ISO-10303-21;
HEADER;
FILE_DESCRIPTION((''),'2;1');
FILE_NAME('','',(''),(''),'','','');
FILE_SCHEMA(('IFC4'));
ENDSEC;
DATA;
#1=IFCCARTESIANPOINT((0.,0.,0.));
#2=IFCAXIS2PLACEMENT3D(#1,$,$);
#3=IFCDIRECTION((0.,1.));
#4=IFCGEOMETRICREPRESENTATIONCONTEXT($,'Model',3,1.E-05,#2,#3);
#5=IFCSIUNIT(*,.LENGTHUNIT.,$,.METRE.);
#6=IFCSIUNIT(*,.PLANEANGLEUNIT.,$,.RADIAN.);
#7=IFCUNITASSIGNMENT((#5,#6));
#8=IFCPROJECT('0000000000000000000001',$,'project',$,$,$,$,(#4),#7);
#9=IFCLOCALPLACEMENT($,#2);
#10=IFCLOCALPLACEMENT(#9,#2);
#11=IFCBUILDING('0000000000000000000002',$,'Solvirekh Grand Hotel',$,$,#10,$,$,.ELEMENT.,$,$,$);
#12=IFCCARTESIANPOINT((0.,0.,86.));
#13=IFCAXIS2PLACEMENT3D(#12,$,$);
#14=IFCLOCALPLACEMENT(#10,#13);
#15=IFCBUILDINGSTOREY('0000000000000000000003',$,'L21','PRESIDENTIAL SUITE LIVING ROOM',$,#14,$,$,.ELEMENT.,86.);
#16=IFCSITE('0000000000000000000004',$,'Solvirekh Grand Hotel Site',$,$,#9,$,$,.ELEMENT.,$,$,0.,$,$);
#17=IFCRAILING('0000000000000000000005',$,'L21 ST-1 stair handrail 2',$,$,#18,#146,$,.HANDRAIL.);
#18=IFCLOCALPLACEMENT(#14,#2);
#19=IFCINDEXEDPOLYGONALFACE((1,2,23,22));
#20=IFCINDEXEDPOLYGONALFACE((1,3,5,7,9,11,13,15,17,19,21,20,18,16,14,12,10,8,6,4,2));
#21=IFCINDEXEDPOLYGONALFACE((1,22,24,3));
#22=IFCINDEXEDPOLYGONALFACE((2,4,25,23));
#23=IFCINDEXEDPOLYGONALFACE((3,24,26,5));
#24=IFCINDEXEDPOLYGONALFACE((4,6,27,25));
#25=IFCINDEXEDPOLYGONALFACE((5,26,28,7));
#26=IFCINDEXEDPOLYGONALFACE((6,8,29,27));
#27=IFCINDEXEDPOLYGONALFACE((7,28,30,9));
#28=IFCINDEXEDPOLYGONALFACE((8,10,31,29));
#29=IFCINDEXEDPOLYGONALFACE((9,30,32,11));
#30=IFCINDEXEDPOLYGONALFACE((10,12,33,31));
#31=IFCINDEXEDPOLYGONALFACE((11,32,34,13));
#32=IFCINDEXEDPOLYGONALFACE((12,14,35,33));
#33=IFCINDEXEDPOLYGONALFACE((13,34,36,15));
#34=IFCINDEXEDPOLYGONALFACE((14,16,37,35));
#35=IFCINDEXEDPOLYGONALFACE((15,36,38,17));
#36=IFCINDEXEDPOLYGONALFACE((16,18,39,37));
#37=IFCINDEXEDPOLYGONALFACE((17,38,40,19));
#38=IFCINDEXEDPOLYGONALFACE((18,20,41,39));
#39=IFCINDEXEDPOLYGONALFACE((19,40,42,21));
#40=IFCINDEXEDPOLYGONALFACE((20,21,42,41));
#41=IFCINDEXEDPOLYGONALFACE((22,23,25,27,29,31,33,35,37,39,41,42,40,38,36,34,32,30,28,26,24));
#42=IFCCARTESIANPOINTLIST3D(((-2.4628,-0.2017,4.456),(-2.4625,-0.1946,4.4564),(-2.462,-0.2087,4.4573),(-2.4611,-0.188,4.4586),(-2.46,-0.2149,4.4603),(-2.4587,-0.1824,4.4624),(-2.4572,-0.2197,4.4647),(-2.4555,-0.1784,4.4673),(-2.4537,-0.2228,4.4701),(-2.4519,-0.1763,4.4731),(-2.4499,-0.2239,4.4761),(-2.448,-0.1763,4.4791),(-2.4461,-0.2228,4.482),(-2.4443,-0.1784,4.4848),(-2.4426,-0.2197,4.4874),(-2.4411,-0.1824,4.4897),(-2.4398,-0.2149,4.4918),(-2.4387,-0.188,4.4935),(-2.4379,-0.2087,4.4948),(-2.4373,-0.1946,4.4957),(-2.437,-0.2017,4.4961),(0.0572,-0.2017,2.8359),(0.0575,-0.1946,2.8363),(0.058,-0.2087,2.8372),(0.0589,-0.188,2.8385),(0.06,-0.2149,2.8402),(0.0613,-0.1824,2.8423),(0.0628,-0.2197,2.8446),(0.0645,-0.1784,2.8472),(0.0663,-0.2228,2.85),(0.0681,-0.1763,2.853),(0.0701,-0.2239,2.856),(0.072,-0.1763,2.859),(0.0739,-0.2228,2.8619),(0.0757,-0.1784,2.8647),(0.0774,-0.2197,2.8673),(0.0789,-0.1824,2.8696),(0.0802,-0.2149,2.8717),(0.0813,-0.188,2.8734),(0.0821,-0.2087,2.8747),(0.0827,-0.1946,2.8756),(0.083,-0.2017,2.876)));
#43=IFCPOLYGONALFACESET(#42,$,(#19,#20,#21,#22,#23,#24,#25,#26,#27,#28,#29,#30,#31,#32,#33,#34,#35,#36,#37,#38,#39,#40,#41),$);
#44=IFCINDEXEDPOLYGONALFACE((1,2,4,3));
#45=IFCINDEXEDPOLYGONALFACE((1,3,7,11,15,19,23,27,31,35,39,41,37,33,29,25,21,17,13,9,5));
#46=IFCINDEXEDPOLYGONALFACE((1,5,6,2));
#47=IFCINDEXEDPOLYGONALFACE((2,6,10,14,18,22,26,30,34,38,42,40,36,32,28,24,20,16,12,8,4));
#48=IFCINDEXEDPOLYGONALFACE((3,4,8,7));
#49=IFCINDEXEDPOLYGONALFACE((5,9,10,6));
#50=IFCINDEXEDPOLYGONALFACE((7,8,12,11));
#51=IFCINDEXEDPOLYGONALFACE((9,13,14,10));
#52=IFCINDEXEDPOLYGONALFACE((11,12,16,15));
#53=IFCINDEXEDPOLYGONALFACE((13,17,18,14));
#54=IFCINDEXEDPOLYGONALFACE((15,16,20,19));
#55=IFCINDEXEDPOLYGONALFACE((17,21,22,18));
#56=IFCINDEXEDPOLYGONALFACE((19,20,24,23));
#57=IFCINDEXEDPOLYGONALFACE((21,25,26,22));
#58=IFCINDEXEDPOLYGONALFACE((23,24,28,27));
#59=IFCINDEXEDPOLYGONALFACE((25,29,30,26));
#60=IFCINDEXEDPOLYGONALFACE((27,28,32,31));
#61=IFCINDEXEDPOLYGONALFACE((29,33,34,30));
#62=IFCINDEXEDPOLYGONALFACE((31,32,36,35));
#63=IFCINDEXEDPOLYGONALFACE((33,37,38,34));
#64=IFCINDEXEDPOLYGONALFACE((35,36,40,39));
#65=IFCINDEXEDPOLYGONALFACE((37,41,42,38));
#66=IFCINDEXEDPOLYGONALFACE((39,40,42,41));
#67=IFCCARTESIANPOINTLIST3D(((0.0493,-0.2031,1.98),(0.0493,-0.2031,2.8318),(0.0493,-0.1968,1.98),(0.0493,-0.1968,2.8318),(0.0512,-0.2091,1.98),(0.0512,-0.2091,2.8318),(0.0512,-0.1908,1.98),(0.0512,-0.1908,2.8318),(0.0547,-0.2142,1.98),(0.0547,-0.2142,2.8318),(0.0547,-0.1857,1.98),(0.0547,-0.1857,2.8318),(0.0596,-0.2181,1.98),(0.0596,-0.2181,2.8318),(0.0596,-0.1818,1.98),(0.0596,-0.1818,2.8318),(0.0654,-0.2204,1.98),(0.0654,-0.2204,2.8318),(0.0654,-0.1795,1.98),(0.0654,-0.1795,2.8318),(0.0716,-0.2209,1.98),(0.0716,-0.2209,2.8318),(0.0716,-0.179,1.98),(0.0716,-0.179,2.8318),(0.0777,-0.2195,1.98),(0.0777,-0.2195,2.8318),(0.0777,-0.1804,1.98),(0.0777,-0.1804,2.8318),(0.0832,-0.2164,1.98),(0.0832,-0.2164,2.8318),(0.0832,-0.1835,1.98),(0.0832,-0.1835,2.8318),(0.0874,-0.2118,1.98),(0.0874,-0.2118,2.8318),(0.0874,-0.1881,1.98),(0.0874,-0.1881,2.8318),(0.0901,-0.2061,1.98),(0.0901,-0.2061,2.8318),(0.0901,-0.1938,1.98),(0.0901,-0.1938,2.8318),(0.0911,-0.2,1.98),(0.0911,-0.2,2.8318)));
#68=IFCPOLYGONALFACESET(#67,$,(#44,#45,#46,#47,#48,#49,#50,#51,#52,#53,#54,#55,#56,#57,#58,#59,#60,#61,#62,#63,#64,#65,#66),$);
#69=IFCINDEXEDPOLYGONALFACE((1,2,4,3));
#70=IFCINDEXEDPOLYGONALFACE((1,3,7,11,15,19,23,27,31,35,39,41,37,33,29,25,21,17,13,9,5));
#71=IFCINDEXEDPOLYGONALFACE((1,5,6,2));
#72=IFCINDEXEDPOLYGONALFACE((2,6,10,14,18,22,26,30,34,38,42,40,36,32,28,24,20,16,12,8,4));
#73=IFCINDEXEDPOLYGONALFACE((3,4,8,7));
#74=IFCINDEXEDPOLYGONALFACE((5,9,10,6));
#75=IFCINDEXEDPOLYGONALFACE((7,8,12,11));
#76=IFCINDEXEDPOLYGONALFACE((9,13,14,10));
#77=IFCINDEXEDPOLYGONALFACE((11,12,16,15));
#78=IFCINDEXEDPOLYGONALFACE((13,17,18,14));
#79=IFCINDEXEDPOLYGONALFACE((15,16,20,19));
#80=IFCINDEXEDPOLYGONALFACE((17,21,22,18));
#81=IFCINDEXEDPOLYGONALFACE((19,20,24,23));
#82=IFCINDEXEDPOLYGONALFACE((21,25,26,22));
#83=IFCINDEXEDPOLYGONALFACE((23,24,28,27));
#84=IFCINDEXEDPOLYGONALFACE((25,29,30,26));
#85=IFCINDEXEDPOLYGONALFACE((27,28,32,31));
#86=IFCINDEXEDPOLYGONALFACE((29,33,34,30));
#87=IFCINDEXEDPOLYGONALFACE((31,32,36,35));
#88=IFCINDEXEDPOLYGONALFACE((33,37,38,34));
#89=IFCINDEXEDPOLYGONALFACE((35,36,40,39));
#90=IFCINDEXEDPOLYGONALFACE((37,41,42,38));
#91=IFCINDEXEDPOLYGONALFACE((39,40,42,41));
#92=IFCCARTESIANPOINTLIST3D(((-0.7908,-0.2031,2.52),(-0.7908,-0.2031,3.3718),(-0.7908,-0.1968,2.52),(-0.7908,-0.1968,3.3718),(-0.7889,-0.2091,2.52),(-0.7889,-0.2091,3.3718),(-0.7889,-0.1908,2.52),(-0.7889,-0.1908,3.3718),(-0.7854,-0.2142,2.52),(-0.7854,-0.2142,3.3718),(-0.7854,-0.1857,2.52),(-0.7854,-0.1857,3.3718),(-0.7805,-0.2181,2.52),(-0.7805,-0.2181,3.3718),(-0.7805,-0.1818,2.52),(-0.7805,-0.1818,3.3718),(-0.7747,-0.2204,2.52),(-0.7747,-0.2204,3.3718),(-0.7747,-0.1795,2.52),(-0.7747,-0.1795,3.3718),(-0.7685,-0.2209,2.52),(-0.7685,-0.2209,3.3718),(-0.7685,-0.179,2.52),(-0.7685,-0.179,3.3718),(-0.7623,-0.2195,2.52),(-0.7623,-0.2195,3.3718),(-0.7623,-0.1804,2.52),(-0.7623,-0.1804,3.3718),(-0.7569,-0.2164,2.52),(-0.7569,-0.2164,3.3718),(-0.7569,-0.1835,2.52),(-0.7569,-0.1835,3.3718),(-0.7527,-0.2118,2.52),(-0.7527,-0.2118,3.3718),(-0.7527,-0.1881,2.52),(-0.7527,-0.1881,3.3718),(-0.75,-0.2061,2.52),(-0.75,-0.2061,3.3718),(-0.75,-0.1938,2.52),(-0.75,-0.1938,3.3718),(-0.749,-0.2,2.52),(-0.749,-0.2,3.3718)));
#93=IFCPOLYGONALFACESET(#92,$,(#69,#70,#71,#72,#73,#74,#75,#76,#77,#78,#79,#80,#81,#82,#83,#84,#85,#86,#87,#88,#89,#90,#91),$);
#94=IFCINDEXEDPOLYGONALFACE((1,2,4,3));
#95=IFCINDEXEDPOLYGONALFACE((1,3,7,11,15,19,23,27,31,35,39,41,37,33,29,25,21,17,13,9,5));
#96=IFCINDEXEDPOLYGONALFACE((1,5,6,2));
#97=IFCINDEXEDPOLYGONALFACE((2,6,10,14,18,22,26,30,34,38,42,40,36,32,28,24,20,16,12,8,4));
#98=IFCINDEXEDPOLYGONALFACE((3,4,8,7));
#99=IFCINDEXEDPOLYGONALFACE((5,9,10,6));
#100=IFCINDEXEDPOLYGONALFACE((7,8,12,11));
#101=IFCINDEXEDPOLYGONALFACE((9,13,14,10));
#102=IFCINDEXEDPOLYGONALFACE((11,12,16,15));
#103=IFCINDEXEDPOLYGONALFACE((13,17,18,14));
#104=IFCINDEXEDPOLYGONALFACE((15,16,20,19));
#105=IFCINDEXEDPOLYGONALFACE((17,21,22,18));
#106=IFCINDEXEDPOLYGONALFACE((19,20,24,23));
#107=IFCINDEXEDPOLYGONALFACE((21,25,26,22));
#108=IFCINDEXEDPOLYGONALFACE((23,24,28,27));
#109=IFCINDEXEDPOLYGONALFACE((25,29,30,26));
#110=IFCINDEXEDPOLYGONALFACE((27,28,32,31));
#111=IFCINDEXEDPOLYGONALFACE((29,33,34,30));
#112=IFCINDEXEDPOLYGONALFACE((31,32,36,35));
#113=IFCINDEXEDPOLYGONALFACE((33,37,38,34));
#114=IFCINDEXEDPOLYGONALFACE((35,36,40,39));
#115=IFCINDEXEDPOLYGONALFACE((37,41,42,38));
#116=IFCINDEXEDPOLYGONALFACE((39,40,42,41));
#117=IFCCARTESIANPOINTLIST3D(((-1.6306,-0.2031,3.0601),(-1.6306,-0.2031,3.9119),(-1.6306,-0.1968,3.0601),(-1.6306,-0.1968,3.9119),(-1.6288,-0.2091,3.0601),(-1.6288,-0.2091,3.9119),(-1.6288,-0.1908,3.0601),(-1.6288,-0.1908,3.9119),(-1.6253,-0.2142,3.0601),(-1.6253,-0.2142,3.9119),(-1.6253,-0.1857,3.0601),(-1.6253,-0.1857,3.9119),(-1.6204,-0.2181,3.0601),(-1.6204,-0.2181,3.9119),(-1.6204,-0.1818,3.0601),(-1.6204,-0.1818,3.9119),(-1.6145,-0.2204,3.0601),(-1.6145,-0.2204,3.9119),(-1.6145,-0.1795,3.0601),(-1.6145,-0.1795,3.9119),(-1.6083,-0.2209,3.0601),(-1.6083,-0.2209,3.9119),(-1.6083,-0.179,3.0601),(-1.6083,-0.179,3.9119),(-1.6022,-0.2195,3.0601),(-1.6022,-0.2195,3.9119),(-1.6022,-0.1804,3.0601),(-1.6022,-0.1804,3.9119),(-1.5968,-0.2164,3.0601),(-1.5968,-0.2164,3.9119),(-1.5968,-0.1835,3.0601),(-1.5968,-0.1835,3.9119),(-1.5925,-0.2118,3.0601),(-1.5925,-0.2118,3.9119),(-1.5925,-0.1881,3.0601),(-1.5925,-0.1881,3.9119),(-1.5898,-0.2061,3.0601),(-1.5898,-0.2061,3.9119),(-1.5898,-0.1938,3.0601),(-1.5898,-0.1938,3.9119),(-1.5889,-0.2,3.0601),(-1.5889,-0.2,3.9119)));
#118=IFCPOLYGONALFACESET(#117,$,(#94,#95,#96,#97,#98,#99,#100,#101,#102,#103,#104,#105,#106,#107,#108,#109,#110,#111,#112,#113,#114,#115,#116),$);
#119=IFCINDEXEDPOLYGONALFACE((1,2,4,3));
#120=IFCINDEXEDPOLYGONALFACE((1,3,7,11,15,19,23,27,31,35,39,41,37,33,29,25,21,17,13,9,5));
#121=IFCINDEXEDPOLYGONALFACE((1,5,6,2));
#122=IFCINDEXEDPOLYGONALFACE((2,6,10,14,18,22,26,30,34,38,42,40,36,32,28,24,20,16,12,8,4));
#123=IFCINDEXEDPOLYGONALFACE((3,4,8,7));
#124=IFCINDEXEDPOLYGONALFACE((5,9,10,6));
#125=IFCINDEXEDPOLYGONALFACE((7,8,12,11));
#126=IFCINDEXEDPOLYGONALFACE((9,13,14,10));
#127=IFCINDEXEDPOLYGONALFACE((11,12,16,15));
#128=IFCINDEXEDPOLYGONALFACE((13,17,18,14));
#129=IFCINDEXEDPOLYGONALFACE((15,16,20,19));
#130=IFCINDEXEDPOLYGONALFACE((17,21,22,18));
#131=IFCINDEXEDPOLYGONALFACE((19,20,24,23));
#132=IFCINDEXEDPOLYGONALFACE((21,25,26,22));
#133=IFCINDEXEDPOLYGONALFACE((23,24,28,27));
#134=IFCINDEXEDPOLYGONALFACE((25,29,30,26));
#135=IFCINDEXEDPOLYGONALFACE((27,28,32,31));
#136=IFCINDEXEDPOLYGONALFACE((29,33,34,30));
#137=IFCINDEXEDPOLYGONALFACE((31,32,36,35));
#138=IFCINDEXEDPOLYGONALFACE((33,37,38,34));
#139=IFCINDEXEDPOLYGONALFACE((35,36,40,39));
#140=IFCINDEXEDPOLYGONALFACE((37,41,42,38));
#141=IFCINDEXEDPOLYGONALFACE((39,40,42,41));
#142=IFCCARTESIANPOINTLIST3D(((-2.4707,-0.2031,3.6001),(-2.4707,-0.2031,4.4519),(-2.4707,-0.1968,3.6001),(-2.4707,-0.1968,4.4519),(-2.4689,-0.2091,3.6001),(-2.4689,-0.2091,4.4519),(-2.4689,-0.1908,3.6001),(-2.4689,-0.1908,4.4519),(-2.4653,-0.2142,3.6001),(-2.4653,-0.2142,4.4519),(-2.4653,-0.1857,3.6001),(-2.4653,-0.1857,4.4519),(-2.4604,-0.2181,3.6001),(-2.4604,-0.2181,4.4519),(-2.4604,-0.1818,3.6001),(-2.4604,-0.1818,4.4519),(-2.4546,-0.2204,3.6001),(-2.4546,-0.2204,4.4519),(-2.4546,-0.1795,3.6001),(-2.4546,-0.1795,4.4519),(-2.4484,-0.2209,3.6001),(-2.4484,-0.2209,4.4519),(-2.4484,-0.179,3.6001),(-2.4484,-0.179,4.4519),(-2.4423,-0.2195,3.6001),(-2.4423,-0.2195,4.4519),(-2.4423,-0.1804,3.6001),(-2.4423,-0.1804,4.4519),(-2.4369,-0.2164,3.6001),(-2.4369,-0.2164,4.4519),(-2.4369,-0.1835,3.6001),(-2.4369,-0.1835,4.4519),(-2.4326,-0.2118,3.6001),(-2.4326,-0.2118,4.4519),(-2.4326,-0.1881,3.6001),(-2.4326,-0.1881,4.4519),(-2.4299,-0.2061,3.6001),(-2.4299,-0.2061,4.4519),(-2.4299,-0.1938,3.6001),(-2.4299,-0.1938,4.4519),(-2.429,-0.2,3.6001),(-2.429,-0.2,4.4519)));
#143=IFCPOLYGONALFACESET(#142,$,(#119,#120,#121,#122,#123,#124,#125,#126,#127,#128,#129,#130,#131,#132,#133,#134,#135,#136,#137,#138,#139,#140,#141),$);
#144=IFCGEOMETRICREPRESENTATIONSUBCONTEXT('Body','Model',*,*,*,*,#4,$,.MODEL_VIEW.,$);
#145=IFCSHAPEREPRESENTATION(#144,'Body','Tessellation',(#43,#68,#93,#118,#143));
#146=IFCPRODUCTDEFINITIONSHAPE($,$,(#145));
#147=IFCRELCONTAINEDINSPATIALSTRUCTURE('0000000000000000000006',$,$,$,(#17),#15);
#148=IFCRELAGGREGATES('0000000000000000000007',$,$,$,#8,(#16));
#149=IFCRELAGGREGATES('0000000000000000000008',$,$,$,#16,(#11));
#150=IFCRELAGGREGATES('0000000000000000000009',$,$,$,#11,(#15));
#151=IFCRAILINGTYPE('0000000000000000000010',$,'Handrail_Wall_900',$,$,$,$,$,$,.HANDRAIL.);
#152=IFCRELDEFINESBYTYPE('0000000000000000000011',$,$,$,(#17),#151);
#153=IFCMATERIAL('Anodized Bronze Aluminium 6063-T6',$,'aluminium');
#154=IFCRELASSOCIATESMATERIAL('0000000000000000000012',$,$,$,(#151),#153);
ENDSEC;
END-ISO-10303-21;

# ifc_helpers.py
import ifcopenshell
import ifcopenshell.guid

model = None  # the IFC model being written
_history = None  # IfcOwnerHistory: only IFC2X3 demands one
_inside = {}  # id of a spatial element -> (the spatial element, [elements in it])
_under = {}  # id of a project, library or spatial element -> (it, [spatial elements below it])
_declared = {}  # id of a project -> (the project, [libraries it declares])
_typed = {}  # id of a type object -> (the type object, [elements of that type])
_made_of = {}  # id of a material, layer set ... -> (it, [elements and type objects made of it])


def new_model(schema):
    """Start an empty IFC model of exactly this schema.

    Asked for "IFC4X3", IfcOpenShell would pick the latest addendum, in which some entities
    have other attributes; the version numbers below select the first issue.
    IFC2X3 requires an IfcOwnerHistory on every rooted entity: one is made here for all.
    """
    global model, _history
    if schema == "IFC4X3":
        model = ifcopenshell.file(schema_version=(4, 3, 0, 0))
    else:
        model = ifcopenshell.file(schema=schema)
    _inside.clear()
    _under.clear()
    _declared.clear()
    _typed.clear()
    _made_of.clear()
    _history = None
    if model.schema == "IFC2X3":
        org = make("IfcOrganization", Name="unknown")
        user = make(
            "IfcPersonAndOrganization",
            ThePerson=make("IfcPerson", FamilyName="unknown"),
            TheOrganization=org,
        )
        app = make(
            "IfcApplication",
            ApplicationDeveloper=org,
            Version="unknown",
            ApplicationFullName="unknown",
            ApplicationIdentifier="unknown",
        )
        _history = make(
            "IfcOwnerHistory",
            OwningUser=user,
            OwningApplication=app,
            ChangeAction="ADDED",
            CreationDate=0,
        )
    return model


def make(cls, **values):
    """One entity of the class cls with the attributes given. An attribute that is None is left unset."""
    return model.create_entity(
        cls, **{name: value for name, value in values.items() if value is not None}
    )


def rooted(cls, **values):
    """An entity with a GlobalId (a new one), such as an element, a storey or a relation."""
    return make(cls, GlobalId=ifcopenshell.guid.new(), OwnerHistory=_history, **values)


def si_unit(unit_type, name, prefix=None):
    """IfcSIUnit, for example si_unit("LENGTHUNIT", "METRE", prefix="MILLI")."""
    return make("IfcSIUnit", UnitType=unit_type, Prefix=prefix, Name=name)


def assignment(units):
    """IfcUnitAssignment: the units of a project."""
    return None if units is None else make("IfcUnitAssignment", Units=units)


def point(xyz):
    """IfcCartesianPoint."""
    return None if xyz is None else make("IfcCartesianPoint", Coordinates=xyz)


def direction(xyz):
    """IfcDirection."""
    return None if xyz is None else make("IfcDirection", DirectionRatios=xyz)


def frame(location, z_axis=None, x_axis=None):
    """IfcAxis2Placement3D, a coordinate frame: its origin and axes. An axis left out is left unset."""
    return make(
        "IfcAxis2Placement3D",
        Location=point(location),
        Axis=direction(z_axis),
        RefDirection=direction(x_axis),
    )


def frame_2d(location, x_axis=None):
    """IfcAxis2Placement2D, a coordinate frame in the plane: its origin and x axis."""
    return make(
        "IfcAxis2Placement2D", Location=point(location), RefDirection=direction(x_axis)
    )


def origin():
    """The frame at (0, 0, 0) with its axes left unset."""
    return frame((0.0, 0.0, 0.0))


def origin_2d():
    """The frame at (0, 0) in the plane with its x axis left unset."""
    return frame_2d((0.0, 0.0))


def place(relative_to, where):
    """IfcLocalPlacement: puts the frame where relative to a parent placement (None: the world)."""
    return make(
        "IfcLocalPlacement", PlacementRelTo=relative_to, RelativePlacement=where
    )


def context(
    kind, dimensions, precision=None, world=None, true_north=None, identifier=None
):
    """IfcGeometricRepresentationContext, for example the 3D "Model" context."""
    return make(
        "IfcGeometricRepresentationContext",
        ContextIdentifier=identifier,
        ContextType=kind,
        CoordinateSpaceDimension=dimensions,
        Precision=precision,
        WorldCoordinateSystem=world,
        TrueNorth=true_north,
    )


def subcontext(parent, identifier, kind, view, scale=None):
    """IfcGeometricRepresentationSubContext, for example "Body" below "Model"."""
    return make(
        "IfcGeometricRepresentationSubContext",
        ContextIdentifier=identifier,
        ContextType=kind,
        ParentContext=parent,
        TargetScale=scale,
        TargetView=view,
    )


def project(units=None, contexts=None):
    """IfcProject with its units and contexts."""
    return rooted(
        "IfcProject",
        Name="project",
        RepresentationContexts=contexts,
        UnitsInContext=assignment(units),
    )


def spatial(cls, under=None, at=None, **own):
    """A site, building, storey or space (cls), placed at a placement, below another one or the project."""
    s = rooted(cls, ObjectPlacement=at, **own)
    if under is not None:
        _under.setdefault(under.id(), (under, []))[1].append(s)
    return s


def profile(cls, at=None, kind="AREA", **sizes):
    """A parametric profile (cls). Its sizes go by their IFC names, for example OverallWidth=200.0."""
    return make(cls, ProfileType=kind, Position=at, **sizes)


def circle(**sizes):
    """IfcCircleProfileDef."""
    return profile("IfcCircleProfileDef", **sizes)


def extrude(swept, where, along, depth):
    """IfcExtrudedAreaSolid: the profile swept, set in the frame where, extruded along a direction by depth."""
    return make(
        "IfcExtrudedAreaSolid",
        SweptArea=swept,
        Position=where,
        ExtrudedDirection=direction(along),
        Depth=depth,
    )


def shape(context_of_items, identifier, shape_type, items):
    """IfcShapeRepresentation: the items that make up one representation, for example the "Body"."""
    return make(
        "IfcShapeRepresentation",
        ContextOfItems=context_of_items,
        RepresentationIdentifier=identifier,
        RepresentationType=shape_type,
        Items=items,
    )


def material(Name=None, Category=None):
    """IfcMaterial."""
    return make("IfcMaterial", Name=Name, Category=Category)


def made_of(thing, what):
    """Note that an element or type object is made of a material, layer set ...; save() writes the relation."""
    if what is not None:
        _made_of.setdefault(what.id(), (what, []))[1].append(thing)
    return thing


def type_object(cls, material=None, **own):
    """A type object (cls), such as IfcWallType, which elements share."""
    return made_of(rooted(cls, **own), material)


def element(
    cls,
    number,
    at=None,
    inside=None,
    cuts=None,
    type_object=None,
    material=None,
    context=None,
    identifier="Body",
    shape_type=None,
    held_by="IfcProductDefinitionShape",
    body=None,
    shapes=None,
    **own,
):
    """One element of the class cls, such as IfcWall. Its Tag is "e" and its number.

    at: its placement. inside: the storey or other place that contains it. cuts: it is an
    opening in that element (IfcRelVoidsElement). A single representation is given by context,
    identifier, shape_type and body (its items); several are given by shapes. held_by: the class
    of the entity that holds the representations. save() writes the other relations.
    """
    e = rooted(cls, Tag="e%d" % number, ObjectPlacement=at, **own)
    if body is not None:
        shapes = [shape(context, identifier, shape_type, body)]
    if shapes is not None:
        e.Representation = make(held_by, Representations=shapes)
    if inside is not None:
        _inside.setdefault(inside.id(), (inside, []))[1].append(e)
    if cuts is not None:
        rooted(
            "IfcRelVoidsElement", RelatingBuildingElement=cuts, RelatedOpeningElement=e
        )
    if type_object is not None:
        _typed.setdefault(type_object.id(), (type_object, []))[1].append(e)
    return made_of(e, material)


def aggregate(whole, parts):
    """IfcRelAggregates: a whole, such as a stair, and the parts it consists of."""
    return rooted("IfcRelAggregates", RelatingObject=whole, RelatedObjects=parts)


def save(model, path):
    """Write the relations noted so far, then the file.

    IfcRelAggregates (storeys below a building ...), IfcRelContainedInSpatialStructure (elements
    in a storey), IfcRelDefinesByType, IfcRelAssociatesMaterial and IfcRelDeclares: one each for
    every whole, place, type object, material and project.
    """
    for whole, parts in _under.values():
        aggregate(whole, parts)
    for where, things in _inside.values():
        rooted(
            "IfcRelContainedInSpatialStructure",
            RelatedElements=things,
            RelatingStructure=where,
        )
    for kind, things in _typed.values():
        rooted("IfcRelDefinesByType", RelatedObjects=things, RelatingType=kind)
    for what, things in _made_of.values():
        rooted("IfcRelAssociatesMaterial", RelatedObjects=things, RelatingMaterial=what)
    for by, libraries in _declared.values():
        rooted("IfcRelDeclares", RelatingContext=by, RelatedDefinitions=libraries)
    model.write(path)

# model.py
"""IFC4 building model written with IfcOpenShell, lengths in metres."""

from ifc_helpers import new_model, si_unit, direction, frame, origin, origin_2d, place, context, subcontext, project, spatial, circle, extrude, material, type_object, element, save


model = new_model("IFC4")

# Units and contexts
model_context = context("Model", 3, precision=1e-05, world=origin(), true_north=direction((0.0, 1.0)))
body_context = subcontext(model_context, "Body", "Model", "MODEL_VIEW")
ifc_project = project(units=[si_unit("LENGTHUNIT", "METRE"), si_unit("PLANEANGLEUNIT", "RADIAN")], contexts=[model_context])

# Site, building, storey
site_placement = place(None, origin())
site = spatial("IfcSite", under=ifc_project, at=site_placement, Name="Solvirekh Grand Hotel Site", CompositionType="ELEMENT", RefElevation=0.0)
building_placement = place(site_placement, origin())
building = spatial("IfcBuilding", under=site, at=building_placement, Name="Solvirekh Grand Hotel", CompositionType="ELEMENT")
storey_placement = place(building_placement, frame((0.0, 0.0, 86.0)))
storey = spatial("IfcBuildingStorey", under=building, at=storey_placement, Name="L21", Description="PRESIDENTIAL SUITE LIVING ROOM", CompositionType="ELEMENT", Elevation=86.0)

# Railing
ifc_material_1 = material(Name="Anodized Bronze Aluminium 6063-T6", Category="aluminium")
railing_type_1 = type_object("IfcRailingType", Name="Handrail_Wall_900", PredefinedType="HANDRAIL", material=ifc_material_1)
railing_1_placement = place(storey_placement, frame((0.0701, -0.2, 1.98)))
element("IfcRailing", 1, at=railing_1_placement, inside=storey, type_object=railing_type_1, Name="L21 ST-1 stair handrail 2", PredefinedType="HANDRAIL", context=body_context, shape_type="SweptSolid", body=[
    extrude(circle(Radius=0.0239, at=origin_2d()), frame((0.0, 0.0, 0.876), z_axis=(-0.841163, 0.0, 0.540782), x_axis=(0.0, -1.0, 0.0)), (0.0, 0.0, 1.0), 2.9958),
    extrude(circle(Radius=0.021, at=origin_2d()), origin(), (0.0, 0.0, 1.0), 0.8518),
    extrude(circle(Radius=0.021, at=origin_2d()), frame((-0.8401, 0.0, 0.54)), (0.0, 0.0, 1.0), 0.8518),
    extrude(circle(Radius=0.021, at=origin_2d()), frame((-1.6799, 0.0, 1.0801)), (0.0, 0.0, 1.0), 0.8518),
    extrude(circle(Radius=0.021, at=origin_2d()), frame((-2.52, 0.0, 1.6201)), (0.0, 0.0, 1.0), 0.8518),
])

save(model, "model.ifc")
